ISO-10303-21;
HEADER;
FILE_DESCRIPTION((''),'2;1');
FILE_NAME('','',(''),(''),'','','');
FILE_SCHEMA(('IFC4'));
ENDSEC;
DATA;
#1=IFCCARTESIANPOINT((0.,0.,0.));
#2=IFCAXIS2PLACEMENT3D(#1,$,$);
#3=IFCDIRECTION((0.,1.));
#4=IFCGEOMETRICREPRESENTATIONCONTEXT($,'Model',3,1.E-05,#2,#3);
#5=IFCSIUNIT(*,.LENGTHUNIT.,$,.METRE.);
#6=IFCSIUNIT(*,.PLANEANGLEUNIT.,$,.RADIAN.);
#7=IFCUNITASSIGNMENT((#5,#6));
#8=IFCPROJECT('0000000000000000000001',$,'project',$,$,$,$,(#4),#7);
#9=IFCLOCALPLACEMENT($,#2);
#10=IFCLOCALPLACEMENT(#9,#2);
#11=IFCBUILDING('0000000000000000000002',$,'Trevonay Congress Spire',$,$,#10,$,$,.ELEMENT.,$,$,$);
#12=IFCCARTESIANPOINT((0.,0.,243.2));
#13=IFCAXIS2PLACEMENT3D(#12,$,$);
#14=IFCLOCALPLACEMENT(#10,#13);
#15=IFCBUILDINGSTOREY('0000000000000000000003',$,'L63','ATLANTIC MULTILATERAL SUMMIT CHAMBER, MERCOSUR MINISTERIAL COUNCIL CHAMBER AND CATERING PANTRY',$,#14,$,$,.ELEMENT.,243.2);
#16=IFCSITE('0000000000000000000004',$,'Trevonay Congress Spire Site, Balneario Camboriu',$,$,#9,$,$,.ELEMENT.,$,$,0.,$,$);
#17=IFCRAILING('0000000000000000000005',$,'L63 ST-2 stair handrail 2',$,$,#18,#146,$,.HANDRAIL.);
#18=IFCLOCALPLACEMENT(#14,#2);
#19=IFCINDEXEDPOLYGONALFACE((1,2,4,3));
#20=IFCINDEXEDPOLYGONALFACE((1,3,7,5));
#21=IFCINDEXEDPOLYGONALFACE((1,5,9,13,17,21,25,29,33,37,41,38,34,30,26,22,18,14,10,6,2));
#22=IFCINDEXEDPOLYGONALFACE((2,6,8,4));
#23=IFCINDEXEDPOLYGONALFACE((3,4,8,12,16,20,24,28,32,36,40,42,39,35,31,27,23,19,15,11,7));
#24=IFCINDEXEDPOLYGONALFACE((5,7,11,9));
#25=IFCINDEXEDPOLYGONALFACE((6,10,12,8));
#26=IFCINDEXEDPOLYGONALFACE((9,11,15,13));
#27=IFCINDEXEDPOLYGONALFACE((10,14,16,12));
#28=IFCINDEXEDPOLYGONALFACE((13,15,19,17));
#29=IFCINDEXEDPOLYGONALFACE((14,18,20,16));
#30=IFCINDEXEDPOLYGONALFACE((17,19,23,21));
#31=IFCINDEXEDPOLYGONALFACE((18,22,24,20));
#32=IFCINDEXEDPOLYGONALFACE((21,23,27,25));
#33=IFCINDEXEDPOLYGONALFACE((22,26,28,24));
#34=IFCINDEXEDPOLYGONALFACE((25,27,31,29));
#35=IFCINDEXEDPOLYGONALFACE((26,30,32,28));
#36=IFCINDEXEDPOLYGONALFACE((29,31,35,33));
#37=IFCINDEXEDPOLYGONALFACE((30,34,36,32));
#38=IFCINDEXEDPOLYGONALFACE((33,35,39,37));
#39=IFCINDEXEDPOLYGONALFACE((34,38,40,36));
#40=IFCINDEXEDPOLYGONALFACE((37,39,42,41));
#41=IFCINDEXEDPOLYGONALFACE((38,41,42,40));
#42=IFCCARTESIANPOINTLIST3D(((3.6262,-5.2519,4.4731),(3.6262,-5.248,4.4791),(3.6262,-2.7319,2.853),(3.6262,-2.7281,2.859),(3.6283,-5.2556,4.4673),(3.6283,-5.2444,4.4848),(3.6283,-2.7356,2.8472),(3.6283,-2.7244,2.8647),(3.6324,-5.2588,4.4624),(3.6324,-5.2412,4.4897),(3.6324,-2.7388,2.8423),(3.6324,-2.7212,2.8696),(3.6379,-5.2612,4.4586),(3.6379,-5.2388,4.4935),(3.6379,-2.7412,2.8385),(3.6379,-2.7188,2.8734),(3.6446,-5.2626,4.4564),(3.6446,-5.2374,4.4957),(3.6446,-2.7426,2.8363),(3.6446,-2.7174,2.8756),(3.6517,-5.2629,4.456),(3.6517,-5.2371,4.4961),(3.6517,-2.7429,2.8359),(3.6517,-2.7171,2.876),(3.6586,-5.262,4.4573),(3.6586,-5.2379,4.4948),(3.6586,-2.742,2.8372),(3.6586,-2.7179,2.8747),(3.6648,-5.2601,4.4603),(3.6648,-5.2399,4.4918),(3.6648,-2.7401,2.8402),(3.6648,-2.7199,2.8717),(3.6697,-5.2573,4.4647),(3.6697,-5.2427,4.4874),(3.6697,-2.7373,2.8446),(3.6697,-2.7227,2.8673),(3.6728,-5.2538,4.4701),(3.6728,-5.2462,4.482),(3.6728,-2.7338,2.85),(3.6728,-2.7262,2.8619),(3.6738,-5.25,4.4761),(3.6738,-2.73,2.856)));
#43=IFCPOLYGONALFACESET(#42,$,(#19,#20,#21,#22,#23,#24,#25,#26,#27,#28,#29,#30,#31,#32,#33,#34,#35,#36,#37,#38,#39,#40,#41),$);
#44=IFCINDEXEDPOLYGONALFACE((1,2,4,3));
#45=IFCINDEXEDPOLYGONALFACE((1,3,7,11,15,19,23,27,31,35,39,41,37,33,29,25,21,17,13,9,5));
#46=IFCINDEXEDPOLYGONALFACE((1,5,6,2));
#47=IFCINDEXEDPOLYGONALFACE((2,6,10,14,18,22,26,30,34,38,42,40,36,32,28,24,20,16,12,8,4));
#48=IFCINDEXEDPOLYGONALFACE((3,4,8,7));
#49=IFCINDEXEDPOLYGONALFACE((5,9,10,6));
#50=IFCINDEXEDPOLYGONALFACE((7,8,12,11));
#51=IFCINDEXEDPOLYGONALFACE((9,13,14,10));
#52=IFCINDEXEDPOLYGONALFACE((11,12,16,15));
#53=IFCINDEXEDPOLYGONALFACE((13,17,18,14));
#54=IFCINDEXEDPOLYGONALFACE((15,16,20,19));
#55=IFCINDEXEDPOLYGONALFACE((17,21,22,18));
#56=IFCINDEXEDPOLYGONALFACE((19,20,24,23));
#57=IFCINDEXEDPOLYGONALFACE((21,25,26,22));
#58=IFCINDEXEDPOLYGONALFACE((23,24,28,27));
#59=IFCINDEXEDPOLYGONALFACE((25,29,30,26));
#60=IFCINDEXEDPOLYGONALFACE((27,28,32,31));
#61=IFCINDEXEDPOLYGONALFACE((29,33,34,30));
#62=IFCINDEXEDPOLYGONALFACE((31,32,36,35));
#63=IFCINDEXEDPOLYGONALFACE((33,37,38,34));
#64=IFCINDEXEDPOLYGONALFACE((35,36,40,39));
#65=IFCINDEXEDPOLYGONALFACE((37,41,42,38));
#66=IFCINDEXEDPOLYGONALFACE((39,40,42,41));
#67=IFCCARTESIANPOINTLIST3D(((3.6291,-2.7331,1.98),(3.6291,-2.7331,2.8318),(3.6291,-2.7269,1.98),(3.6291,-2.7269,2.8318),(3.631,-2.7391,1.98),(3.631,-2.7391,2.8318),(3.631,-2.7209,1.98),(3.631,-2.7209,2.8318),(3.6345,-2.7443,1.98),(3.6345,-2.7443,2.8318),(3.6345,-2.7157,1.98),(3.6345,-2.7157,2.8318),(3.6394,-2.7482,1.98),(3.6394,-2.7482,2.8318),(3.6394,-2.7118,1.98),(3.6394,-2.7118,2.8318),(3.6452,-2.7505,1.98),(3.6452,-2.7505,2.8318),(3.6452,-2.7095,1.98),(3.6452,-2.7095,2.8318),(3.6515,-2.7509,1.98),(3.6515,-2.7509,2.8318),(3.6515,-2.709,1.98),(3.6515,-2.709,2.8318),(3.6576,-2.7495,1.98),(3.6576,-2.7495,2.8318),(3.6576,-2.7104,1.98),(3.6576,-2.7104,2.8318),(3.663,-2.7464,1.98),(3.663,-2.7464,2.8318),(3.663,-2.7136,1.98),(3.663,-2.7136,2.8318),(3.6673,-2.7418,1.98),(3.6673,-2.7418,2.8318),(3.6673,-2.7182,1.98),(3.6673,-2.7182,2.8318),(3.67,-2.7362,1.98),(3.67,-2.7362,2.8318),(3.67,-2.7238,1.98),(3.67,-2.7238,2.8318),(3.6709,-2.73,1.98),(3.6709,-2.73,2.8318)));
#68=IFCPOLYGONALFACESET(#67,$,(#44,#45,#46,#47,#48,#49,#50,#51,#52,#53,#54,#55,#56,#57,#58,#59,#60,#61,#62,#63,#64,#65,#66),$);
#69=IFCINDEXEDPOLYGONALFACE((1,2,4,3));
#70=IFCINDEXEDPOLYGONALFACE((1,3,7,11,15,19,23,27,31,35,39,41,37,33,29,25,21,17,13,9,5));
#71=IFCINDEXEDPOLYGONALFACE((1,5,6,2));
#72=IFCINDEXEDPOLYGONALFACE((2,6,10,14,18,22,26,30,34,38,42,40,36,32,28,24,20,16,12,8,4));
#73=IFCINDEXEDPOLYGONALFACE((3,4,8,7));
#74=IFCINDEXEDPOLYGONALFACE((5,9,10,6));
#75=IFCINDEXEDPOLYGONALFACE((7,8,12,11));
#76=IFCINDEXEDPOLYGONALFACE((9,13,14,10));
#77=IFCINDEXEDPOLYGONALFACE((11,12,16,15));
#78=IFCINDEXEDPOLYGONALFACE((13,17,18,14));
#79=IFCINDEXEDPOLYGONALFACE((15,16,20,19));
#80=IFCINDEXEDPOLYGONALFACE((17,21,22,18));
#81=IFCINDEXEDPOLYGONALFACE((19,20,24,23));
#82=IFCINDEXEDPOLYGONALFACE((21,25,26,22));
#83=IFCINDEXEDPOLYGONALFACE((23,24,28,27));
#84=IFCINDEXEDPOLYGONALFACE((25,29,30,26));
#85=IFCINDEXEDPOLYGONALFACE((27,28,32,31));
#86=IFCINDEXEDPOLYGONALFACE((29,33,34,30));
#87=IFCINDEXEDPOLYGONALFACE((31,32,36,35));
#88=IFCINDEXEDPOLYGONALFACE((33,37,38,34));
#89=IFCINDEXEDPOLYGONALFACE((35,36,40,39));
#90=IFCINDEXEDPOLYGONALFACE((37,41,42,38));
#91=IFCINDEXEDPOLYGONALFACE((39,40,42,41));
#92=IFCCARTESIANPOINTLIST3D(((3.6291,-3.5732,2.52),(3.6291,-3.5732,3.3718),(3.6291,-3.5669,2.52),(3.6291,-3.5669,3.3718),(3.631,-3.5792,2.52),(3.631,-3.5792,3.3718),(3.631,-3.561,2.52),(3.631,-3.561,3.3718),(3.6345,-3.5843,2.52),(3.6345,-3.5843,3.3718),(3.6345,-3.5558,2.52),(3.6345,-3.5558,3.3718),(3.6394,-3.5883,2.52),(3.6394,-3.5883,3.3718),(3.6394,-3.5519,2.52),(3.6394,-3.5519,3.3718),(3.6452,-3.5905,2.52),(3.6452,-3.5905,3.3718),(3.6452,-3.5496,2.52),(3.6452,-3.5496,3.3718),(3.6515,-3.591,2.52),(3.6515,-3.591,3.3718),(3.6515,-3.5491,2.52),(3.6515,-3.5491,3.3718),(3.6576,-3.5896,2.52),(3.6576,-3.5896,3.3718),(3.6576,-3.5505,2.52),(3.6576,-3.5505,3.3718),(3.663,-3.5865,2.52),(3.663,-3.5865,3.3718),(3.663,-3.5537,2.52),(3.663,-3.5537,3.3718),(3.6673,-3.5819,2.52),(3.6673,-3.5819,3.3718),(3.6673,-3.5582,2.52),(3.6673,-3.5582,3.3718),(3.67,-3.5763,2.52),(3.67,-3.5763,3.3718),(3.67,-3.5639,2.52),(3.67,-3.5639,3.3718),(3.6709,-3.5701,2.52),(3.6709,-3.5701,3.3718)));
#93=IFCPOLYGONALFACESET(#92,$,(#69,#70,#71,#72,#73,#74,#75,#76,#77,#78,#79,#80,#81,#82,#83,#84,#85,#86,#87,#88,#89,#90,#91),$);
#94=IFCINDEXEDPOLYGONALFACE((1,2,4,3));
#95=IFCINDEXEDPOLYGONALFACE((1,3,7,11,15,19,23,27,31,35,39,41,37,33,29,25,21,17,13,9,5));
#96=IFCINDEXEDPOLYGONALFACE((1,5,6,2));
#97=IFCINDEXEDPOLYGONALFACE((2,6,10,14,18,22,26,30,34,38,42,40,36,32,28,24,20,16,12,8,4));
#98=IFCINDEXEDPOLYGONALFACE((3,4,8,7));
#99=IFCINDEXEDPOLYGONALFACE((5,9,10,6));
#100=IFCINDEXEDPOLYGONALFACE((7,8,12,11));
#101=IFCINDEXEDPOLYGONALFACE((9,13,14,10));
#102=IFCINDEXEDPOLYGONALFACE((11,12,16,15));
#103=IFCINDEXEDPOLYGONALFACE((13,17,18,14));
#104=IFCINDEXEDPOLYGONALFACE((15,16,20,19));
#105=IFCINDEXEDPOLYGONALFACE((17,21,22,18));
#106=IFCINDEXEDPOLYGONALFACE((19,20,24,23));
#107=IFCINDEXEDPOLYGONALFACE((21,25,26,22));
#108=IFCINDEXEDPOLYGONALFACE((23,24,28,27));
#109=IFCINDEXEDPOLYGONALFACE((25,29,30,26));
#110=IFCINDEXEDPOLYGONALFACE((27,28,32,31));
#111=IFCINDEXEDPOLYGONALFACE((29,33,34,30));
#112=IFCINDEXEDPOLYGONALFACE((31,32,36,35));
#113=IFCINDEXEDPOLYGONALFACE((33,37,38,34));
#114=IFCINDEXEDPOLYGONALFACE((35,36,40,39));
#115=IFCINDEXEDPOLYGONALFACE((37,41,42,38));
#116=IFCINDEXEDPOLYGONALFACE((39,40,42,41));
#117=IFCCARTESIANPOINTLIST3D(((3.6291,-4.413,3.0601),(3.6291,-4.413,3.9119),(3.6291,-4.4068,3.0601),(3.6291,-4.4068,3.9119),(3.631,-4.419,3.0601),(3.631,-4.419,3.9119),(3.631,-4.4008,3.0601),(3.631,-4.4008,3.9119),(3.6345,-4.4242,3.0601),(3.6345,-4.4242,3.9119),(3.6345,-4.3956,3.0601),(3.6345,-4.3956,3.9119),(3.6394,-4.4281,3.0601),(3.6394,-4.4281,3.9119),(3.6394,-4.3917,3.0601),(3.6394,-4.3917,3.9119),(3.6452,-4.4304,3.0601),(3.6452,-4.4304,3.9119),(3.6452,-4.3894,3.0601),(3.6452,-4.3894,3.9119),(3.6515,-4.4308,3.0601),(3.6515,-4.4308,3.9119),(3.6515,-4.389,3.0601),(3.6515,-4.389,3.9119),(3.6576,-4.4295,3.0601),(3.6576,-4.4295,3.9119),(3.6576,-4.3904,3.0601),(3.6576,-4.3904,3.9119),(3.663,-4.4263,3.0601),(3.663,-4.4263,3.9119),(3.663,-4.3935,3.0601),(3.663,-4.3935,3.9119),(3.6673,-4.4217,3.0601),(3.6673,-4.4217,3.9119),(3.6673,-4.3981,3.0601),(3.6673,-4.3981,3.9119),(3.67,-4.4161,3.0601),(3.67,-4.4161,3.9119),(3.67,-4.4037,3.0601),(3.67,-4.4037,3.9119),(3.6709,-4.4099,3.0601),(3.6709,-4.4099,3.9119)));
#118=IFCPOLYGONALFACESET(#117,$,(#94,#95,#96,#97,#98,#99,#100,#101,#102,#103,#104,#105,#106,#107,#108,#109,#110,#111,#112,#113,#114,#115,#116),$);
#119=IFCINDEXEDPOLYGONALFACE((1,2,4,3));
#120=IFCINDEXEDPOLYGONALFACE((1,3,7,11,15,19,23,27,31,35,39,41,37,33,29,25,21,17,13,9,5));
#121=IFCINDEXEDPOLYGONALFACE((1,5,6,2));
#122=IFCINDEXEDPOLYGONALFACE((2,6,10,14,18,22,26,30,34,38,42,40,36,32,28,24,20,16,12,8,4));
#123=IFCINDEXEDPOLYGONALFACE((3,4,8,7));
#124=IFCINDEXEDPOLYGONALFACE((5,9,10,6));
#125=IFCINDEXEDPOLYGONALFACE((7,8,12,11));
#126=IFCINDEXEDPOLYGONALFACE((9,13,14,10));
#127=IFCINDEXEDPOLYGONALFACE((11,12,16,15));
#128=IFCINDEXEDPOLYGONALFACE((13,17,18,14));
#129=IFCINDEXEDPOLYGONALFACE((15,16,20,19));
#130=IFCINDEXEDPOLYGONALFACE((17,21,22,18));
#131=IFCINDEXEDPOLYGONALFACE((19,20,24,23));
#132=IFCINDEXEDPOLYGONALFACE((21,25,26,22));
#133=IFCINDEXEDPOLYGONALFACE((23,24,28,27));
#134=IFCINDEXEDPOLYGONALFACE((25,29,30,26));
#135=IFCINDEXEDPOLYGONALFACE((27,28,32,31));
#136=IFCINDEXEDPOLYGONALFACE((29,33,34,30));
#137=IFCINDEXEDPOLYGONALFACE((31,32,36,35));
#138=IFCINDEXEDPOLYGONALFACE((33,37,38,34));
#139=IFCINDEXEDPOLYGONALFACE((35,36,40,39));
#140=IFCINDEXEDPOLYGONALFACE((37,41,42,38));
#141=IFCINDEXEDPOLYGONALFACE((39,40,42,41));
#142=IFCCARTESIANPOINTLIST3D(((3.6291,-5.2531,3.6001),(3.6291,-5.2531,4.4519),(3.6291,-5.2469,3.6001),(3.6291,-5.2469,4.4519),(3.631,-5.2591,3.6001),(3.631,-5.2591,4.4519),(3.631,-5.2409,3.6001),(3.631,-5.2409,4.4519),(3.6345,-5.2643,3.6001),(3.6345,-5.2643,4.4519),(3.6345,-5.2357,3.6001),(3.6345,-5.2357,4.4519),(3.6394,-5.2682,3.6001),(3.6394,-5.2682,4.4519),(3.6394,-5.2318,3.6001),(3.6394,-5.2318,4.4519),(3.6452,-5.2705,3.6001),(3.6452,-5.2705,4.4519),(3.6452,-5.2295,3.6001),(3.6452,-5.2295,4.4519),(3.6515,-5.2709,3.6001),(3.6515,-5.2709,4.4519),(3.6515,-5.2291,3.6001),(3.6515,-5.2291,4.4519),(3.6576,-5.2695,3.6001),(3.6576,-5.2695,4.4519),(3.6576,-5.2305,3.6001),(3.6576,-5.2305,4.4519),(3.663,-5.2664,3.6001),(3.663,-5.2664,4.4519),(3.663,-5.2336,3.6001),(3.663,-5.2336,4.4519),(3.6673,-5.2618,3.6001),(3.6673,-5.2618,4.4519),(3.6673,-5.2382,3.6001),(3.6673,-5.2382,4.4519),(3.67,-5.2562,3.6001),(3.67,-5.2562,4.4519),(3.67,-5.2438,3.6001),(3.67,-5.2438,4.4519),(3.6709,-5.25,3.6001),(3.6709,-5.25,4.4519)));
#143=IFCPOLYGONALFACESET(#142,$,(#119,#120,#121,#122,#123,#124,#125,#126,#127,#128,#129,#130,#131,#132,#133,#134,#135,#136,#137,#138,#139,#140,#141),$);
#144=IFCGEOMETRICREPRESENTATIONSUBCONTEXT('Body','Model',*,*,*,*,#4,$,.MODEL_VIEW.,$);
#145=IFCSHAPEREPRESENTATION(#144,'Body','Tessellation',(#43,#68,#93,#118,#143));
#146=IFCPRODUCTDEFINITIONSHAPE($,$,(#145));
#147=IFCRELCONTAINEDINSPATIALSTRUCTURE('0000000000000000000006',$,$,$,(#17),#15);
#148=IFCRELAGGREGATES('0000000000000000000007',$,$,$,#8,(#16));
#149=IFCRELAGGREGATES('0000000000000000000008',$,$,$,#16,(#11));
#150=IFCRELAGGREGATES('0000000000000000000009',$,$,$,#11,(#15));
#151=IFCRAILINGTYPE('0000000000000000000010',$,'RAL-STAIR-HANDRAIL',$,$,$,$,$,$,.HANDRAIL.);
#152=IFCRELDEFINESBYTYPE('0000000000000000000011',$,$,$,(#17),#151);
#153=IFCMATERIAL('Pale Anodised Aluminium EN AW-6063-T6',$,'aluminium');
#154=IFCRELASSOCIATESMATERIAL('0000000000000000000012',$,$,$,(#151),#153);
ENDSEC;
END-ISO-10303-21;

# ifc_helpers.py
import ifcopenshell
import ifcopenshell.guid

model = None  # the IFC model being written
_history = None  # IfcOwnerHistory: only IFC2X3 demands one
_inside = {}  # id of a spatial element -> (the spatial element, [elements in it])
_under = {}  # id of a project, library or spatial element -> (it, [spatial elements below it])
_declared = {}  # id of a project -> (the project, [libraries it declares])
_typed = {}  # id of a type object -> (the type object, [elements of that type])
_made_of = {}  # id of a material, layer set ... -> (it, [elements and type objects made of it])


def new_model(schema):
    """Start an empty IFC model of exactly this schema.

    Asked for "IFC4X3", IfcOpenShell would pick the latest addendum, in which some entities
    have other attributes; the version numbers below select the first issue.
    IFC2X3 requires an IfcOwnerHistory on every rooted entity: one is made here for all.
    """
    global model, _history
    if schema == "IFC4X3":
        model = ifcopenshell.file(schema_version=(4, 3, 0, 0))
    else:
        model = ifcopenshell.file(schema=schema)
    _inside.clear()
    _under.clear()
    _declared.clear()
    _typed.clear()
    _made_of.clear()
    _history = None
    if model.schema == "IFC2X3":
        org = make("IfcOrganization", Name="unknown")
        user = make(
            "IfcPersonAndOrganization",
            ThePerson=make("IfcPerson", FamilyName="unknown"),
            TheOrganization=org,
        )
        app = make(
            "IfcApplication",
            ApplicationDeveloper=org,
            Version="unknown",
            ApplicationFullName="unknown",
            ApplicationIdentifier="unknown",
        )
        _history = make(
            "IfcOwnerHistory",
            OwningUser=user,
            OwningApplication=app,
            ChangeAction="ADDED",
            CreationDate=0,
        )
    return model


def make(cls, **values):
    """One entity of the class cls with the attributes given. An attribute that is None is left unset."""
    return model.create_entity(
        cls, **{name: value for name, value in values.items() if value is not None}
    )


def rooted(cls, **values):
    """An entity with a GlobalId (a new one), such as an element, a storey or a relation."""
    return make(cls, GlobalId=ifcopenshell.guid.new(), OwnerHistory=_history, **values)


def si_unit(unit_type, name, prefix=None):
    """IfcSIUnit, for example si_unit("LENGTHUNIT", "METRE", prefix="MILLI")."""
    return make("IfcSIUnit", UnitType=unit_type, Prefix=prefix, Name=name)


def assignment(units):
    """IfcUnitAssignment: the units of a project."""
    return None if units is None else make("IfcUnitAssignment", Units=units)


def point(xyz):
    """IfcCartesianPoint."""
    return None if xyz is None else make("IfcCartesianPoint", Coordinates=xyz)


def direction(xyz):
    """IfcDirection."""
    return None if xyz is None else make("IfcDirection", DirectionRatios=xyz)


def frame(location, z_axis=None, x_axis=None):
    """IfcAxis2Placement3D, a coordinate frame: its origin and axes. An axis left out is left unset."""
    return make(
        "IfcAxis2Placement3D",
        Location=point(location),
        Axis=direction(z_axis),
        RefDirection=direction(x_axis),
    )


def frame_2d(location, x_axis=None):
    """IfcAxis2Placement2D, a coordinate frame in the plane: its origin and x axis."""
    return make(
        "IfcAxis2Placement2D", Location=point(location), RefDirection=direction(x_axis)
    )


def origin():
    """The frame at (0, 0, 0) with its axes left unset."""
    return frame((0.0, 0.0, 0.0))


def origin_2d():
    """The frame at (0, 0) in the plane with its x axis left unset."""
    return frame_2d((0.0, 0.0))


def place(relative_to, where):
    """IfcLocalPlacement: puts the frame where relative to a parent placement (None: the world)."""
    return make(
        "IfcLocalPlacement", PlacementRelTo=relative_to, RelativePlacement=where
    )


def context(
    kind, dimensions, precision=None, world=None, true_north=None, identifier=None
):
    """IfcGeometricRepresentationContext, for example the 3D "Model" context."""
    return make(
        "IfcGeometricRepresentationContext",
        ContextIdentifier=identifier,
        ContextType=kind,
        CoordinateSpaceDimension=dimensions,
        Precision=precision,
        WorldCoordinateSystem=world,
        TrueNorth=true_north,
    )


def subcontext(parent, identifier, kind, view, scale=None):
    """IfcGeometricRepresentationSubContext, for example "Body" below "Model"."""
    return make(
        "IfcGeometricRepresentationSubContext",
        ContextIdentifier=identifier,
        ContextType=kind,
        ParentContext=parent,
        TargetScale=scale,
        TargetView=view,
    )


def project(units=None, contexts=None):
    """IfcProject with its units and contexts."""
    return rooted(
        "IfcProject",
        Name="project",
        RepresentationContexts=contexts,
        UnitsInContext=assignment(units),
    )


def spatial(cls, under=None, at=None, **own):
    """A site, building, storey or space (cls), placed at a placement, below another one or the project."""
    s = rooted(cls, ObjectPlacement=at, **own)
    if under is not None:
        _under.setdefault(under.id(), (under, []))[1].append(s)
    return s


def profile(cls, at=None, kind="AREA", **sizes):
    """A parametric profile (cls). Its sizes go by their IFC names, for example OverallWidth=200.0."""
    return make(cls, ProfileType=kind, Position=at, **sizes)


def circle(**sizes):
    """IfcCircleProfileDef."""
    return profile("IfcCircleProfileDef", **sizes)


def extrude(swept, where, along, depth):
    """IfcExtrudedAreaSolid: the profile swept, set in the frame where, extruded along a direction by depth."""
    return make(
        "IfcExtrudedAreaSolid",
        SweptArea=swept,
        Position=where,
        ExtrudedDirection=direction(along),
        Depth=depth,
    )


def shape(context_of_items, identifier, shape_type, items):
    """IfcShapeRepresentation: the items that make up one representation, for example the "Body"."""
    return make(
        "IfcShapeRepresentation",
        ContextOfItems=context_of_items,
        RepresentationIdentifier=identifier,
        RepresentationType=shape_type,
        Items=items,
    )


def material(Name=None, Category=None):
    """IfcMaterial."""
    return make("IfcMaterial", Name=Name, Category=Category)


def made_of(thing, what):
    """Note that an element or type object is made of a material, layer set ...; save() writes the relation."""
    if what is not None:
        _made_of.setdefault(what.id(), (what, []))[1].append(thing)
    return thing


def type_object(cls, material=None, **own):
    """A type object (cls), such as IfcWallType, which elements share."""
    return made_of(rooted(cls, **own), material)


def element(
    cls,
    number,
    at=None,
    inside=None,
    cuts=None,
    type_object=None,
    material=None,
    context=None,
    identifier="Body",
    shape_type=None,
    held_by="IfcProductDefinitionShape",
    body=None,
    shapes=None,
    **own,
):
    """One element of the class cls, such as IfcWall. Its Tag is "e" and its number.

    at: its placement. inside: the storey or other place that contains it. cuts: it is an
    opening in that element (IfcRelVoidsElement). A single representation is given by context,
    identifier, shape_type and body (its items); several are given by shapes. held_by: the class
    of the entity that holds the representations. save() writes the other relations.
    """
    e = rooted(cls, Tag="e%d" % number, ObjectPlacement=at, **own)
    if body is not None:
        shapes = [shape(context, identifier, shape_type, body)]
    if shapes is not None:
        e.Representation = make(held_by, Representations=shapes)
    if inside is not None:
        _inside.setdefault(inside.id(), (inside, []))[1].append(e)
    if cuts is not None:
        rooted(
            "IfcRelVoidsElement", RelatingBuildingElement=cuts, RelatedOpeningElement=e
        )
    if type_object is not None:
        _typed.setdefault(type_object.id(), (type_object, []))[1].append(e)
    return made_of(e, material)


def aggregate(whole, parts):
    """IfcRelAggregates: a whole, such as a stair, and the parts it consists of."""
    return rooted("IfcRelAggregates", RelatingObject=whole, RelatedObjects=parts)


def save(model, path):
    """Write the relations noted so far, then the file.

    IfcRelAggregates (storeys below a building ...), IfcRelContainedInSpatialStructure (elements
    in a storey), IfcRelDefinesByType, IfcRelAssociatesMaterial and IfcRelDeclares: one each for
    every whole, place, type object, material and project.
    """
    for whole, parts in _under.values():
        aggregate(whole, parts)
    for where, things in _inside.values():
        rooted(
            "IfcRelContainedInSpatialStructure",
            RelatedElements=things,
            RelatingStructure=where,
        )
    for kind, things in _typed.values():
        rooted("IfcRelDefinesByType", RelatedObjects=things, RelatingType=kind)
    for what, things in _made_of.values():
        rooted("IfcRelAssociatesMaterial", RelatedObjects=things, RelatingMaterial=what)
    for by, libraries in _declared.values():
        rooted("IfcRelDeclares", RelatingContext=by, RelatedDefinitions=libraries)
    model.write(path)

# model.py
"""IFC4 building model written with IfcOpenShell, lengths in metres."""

from ifc_helpers import new_model, si_unit, direction, frame, origin, origin_2d, place, context, subcontext, project, spatial, circle, extrude, material, type_object, element, save


model = new_model("IFC4")

# Units and contexts
model_context = context("Model", 3, precision=1e-05, world=origin(), true_north=direction((0.0, 1.0)))
body_context = subcontext(model_context, "Body", "Model", "MODEL_VIEW")
ifc_project = project(units=[si_unit("LENGTHUNIT", "METRE"), si_unit("PLANEANGLEUNIT", "RADIAN")], contexts=[model_context])

# Site, building, storey
site_placement = place(None, origin())
site = spatial("IfcSite", under=ifc_project, at=site_placement, Name="Trevonay Congress Spire Site, Balneario Camboriu", CompositionType="ELEMENT", RefElevation=0.0)
building_placement = place(site_placement, origin())
building = spatial("IfcBuilding", under=site, at=building_placement, Name="Trevonay Congress Spire", CompositionType="ELEMENT")
storey_placement = place(building_placement, frame((0.0, 0.0, 243.2)))
storey = spatial("IfcBuildingStorey", under=building, at=storey_placement, Name="L63", Description="ATLANTIC MULTILATERAL SUMMIT CHAMBER, MERCOSUR MINISTERIAL COUNCIL CHAMBER AND CATERING PANTRY", CompositionType="ELEMENT", Elevation=243.2)

# Shared definitions
ifc_material_1 = material(Name="Pale Anodised Aluminium EN AW-6063-T6", Category="aluminium")

# Railing
railing_type_1 = type_object("IfcRailingType", Name="RAL-STAIR-HANDRAIL", PredefinedType="HANDRAIL", material=ifc_material_1)
railing_1_placement = place(storey_placement, frame((3.6499, -2.73, 1.98)))
element("IfcRailing", 1, at=railing_1_placement, inside=storey, type_object=railing_type_1, Name="L63 ST-2 stair handrail 2", PredefinedType="HANDRAIL", context=body_context, shape_type="SweptSolid", body=[
    extrude(circle(Radius=0.0239, at=origin_2d()), frame((0.0, 0.0, 0.876), z_axis=(0.0, -0.841163, 0.540782), x_axis=(1.0, 0.0, 0.0)), (0.0, 0.0, 1.0), 2.9958),
    extrude(circle(Radius=0.021, at=origin_2d()), origin(), (0.0, 0.0, 1.0), 0.8518),
    extrude(circle(Radius=0.021, at=origin_2d()), frame((0.0, -0.8401, 0.54)), (0.0, 0.0, 1.0), 0.8518),
    extrude(circle(Radius=0.021, at=origin_2d()), frame((0.0, -1.6799, 1.0801)), (0.0, 0.0, 1.0), 0.8518),
    extrude(circle(Radius=0.021, at=origin_2d()), frame((0.0, -2.52, 1.6201)), (0.0, 0.0, 1.0), 0.8518),
])

save(model, "model.ifc")
